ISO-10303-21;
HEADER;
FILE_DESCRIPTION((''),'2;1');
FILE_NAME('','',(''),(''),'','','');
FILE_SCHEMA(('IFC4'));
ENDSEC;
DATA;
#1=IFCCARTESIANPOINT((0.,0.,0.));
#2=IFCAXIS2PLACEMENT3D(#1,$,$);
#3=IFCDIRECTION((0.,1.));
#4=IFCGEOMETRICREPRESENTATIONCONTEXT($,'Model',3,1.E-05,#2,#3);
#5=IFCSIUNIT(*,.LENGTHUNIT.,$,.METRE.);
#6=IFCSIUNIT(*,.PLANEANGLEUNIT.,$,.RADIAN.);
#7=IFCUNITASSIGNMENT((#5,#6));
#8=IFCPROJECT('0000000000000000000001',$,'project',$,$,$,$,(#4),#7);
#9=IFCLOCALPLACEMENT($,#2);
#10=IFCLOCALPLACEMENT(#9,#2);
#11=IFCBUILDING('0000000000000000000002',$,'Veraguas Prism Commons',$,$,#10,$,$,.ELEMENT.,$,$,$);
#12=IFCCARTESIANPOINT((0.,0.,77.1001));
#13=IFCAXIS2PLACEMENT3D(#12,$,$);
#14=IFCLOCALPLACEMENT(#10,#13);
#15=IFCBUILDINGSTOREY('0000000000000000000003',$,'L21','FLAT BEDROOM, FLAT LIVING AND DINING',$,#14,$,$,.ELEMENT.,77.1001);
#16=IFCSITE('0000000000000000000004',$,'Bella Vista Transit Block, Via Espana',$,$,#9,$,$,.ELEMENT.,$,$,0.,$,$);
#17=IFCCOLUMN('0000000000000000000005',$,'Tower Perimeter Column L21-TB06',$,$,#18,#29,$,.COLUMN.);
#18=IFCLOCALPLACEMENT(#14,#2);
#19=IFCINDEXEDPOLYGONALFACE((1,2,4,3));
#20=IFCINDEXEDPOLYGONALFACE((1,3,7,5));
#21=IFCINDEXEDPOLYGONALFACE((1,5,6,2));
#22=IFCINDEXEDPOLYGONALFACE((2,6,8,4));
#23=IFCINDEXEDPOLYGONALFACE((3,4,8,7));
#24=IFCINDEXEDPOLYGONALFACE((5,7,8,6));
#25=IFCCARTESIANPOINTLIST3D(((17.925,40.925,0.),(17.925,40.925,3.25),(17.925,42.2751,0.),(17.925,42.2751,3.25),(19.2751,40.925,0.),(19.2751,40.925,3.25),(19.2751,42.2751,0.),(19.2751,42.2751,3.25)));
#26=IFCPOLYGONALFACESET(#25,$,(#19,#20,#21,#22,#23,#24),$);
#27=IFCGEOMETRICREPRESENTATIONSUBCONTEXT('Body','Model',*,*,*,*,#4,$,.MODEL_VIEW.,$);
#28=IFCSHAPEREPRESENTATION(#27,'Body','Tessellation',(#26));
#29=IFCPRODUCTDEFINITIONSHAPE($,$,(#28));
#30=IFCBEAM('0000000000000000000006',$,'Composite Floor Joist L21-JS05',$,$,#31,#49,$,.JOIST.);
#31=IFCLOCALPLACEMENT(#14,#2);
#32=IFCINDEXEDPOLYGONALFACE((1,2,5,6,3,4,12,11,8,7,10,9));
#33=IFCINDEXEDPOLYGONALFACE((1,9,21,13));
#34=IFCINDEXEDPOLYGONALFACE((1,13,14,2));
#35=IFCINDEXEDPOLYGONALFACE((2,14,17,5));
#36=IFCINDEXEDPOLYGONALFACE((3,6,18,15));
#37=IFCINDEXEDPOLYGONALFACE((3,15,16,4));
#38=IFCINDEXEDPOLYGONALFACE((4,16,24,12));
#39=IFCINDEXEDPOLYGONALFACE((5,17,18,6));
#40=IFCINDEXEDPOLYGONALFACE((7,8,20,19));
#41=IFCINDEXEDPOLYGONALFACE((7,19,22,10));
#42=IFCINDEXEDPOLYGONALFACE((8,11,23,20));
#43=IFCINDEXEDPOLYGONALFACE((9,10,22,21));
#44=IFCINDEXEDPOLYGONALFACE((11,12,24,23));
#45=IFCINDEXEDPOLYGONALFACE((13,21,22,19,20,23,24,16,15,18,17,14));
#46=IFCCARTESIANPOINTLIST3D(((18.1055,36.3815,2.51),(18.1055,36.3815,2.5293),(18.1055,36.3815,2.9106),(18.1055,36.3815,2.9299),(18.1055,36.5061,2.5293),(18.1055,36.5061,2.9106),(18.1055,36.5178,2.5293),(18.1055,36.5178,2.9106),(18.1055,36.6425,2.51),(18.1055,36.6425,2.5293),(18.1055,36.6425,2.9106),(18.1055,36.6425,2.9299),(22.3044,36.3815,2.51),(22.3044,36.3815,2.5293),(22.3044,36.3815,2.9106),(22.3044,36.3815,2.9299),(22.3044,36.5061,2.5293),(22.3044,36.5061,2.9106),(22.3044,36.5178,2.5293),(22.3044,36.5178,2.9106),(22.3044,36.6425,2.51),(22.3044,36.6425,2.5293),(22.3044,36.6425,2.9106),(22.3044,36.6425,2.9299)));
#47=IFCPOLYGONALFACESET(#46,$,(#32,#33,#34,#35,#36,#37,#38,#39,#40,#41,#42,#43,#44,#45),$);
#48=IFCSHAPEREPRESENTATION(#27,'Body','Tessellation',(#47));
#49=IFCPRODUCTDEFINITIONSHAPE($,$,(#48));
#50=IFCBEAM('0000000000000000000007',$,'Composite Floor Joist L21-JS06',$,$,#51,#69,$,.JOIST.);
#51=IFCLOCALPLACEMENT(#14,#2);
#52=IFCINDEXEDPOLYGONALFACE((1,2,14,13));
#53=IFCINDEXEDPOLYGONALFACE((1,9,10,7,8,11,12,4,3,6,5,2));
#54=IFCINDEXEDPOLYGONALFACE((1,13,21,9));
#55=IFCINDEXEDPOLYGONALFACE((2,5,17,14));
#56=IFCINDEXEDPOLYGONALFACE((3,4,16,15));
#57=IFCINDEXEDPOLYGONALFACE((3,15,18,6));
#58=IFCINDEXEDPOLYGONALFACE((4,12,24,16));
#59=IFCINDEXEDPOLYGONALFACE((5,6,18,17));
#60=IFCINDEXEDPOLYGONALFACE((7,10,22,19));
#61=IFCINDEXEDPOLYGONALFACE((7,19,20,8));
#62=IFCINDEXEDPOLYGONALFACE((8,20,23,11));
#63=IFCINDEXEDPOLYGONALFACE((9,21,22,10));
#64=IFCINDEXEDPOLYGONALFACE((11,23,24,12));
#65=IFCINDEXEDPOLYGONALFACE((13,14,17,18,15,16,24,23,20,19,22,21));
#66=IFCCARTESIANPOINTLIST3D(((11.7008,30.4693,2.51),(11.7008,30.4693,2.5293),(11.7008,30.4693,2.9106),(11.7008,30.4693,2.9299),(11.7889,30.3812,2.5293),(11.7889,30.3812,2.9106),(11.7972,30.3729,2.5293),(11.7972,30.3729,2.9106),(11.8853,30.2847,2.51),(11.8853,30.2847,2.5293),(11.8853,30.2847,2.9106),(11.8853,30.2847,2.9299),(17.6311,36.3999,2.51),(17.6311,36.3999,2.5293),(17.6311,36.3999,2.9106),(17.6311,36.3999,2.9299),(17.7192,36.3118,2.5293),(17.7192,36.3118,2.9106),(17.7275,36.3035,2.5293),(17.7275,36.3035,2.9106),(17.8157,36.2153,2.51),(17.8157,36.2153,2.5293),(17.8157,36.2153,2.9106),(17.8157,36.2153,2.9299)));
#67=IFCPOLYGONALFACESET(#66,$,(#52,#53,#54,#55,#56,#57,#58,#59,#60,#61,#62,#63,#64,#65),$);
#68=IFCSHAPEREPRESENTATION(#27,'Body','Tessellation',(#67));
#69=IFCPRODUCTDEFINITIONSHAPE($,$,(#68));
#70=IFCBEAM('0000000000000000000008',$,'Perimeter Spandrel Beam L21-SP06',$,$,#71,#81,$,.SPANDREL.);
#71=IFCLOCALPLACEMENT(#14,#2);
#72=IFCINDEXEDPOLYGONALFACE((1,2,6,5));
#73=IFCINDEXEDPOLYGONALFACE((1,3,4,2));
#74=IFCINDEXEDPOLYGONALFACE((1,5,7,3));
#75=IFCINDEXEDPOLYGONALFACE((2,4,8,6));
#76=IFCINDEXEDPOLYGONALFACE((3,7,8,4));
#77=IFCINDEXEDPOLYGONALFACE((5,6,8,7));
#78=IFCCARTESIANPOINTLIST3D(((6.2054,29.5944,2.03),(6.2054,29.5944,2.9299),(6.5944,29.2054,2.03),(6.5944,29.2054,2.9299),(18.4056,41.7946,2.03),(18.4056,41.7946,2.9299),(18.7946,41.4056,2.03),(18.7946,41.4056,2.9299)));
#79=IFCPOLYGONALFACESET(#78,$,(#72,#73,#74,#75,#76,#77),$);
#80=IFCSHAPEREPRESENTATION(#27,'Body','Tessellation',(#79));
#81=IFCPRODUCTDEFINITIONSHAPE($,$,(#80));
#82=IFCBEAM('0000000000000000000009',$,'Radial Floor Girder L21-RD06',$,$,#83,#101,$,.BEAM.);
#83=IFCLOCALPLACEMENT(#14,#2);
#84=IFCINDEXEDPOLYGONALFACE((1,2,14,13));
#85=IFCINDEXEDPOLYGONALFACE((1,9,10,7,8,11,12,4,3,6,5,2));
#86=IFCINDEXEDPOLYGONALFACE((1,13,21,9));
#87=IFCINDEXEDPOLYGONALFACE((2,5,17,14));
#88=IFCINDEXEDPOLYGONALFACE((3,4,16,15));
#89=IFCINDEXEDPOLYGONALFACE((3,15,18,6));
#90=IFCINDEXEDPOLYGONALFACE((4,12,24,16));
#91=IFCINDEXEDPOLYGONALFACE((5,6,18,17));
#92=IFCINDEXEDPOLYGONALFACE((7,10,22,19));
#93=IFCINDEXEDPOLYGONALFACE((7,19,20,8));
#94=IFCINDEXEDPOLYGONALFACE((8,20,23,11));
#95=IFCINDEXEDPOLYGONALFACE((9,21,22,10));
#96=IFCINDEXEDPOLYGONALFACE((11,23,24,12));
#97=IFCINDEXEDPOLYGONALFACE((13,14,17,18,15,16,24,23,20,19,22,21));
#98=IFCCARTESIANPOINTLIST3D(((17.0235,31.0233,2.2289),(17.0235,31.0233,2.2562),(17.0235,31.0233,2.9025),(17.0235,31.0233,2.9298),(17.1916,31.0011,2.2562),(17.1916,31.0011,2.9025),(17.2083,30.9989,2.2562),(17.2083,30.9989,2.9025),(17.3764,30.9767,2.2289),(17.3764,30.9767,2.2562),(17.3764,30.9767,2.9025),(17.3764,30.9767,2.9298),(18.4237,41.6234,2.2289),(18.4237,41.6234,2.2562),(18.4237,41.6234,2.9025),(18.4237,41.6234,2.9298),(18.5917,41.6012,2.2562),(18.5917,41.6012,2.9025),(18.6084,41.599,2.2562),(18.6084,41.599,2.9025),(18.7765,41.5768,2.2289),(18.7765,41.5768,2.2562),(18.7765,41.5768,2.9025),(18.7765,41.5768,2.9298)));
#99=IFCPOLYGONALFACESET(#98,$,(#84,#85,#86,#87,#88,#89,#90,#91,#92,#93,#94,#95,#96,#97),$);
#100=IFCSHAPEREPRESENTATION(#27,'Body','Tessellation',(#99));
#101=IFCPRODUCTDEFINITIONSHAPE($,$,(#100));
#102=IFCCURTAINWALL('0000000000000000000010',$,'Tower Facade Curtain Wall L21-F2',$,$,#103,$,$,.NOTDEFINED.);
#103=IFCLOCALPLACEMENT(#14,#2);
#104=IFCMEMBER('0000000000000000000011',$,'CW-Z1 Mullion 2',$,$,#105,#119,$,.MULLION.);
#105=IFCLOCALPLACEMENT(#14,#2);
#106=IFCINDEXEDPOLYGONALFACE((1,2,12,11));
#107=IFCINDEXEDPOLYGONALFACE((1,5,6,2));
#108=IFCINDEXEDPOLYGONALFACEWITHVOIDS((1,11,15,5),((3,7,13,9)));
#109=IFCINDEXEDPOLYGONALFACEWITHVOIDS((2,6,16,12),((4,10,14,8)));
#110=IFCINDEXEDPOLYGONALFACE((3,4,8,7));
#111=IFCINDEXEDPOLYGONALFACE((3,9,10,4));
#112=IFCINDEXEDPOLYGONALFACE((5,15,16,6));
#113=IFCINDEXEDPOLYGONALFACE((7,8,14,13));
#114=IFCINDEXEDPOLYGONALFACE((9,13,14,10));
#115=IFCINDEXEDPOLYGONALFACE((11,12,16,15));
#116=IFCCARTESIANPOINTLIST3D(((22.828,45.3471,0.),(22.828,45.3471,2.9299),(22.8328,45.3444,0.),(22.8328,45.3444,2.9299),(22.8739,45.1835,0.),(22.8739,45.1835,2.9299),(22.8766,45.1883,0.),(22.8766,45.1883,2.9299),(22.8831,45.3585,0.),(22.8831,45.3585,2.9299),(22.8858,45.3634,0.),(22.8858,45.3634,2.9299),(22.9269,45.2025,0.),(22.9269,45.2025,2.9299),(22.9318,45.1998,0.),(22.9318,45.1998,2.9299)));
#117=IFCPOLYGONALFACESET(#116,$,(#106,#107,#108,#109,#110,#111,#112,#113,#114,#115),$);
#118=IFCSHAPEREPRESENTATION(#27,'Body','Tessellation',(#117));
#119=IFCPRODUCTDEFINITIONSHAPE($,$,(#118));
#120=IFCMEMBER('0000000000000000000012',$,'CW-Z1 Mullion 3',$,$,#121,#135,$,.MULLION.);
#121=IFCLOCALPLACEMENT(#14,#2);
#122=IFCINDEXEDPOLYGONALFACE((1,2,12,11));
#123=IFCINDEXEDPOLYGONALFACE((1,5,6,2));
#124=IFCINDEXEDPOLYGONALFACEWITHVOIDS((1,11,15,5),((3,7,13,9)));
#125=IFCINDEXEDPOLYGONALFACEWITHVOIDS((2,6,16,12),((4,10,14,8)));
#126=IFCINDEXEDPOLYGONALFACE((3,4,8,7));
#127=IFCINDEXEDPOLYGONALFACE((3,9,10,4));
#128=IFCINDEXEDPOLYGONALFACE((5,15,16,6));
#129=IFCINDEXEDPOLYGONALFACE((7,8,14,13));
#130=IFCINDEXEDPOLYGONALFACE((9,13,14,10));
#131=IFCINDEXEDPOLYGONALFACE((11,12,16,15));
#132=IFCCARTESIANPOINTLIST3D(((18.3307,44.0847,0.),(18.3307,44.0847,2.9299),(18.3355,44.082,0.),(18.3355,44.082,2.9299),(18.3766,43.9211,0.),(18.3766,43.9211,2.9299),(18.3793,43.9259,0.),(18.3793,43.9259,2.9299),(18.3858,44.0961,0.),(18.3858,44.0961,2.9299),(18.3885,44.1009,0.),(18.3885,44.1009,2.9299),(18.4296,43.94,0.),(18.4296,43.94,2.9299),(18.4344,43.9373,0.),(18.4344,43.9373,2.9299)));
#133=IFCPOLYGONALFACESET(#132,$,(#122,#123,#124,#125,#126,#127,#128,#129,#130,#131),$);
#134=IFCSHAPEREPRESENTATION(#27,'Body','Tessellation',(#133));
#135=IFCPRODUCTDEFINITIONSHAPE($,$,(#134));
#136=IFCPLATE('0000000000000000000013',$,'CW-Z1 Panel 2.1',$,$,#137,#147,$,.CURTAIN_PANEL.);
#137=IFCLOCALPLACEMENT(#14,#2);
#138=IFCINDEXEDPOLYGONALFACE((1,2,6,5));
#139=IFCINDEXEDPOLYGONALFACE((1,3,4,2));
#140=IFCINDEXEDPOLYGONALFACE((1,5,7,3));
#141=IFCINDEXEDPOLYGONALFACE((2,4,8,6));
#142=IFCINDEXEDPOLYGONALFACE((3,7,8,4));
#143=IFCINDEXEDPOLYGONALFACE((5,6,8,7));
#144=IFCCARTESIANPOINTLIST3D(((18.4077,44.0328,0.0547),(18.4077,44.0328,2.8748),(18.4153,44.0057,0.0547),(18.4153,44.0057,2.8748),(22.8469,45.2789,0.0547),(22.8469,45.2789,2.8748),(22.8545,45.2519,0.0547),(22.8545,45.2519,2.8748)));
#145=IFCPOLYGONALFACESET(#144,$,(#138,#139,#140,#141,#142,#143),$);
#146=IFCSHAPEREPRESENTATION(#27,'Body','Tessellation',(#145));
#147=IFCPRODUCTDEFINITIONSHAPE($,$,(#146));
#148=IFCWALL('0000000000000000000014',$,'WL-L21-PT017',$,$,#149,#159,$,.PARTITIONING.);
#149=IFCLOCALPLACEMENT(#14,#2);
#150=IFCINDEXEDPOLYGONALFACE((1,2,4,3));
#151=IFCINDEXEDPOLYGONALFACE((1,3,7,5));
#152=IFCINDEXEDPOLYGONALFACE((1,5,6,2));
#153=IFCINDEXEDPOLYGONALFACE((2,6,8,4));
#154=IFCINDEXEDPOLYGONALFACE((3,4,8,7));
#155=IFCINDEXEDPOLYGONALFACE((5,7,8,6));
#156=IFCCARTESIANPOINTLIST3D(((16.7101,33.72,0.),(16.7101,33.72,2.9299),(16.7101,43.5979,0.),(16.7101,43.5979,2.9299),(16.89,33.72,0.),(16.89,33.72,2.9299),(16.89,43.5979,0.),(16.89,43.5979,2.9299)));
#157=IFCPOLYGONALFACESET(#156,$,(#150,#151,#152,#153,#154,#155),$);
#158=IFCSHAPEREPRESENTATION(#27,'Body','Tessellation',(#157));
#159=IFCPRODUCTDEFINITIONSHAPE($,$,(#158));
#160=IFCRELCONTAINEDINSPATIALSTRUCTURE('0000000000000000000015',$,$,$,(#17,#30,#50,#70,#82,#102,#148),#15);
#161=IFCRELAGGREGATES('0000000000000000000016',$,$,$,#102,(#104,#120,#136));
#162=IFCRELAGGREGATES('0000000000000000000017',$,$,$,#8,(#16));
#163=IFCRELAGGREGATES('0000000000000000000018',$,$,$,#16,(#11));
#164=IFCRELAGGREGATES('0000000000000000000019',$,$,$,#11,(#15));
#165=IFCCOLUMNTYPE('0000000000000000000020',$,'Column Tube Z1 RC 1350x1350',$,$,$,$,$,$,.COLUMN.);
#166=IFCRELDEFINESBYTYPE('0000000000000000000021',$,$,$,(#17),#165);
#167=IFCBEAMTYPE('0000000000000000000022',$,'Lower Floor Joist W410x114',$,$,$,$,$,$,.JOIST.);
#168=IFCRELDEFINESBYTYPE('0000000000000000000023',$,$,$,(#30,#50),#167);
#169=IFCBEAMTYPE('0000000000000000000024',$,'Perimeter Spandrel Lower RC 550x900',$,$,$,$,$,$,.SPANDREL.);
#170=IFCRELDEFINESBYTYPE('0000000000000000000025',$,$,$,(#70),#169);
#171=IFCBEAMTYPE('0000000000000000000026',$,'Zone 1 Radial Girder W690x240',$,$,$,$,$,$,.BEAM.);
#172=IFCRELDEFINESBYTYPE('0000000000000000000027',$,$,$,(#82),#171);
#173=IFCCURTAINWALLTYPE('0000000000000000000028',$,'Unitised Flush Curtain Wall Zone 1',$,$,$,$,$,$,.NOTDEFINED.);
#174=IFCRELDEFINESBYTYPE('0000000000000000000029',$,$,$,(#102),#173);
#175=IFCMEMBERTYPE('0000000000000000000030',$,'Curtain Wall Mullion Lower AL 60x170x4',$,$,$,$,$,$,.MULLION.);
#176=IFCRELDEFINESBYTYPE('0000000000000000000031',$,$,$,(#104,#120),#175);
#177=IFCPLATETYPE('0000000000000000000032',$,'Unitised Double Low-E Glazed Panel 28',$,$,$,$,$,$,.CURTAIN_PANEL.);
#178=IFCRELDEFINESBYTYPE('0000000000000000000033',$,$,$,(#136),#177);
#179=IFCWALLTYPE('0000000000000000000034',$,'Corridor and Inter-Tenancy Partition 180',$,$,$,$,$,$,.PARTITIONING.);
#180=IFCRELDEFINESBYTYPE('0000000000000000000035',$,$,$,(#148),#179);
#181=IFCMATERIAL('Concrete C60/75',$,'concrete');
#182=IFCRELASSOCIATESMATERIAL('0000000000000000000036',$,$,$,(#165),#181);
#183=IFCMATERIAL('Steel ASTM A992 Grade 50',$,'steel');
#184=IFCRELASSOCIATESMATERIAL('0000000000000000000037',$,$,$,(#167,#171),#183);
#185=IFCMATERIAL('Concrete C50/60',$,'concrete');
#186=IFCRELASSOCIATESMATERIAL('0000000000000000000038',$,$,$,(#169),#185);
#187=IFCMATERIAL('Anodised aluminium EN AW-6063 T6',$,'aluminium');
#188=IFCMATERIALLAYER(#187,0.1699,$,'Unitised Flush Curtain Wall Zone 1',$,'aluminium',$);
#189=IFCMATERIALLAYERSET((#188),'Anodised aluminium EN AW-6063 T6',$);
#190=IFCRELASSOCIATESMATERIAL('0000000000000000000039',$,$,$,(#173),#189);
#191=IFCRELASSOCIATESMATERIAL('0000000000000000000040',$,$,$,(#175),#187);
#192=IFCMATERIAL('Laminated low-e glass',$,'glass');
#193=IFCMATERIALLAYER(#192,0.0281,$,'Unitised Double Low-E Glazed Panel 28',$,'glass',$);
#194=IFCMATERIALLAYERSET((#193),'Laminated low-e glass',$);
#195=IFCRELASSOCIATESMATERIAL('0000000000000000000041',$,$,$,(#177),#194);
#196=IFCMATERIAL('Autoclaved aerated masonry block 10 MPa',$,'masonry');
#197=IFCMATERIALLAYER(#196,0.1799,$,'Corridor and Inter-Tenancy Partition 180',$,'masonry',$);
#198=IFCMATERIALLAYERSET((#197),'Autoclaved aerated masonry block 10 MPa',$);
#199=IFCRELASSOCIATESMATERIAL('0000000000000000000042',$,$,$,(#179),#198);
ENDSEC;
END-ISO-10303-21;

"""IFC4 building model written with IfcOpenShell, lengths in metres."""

from ifc_helpers import new_model, si_unit, direction, frame, frame_2d, origin, origin_2d, place, context, subcontext, project, spatial, rectangle, hollow_rectangle, i_section, extrude, source, transform, mapped, material, layer, layer_set, material_profile, profile_set, type_object, element, aggregate, save


model = new_model("IFC4")

# Units and contexts
model_context = context("Model", 3, precision=1e-05, world=origin(), true_north=direction((0.0, 1.0)))
body_context = subcontext(model_context, "Body", "Model", "MODEL_VIEW")
ifc_project = project(units=[si_unit("LENGTHUNIT", "METRE"), si_unit("PLANEANGLEUNIT", "RADIAN")], contexts=[model_context])

# Site, building, storey
site_placement = place(None, origin())
site = spatial("IfcSite", under=ifc_project, at=site_placement, Name="Bella Vista Transit Block, Via Espana", CompositionType="ELEMENT", RefElevation=0.0)
building_placement = place(site_placement, origin())
building = spatial("IfcBuilding", under=site, at=building_placement, Name="Veraguas Prism Commons", CompositionType="ELEMENT")
storey_placement = place(building_placement, frame((0.0, 0.0, 77.1001)))
storey = spatial("IfcBuildingStorey", under=building, at=storey_placement, Name="L21", Description="FLAT BEDROOM, FLAT LIVING AND DINING", CompositionType="ELEMENT", Elevation=77.1001)

# Column
ifc_material_1 = material(Name="Concrete C60/75", Category="concrete")
ifc_material_profile_1 = material_profile(ifc_material_1, rectangle(XDim=1.3501, YDim=1.3501, at=origin_2d()), Name="RC1350X1350")
ifc_profile_set_1 = profile_set([ifc_material_profile_1], Name="Concrete C60/75")
column_type = type_object("IfcColumnType", Name="Column Tube Z1 RC 1350x1350", PredefinedType="COLUMN", material=ifc_profile_set_1)
column_placement = place(storey_placement, frame((18.6001, 41.6001, 0.0), z_axis=(0.0, 0.0, 1.0), x_axis=(1.0, 0.0, 0.0)))
element("IfcColumn", 1, at=column_placement, inside=storey, type_object=column_type, Name="Tower Perimeter Column L21-TB06", PredefinedType="COLUMN", context=body_context, shape_type="SweptSolid", body=[
    extrude(rectangle(XDim=1.3501, YDim=1.3501, at=origin_2d()), origin(), (0.0, 0.0, 1.0), 3.25),
])

# Beams
ifc_material_2 = material(Name="Steel ASTM A992 Grade 50", Category="steel")
ifc_material_profile_2 = material_profile(ifc_material_2, i_section(OverallWidth=0.261, OverallDepth=0.4199, WebThickness=0.0117, FlangeThickness=0.0193, at=origin_2d()), Name="W410X114")
ifc_profile_set_2 = profile_set([ifc_material_profile_2], Name="Steel ASTM A992 Grade 50")
beam_type_1 = type_object("IfcBeamType", Name="Lower Floor Joist W410x114", PredefinedType="JOIST", material=ifc_profile_set_2)
beam_1_placement = place(storey_placement, frame((22.3044, 36.512, 2.72), z_axis=(-1.0, 0.0, 0.0), x_axis=(0.0, -1.0, 0.0)))
element("IfcBeam", 2, at=beam_1_placement, inside=storey, type_object=beam_type_1, Name="Composite Floor Joist L21-JS05", PredefinedType="JOIST", context=body_context, shape_type="SweptSolid", body=[
    extrude(i_section(OverallWidth=0.261, OverallDepth=0.4199, WebThickness=0.0117, FlangeThickness=0.0193, at=origin_2d()), origin(), (0.0, 0.0, 1.0), 4.199),
])
beam_2_placement = place(storey_placement, frame((17.7234, 36.3076, 2.72), z_axis=(-0.707092, -0.707121, 0.0), x_axis=(0.707121, -0.707092, 0.0)))
element("IfcBeam", 3, at=beam_2_placement, inside=storey, type_object=beam_type_1, Name="Composite Floor Joist L21-JS06", PredefinedType="JOIST", context=body_context, shape_type="SweptSolid", body=[
    extrude(i_section(OverallWidth=0.261, OverallDepth=0.4199, WebThickness=0.0117, FlangeThickness=0.0193, at=origin_2d()), origin(), (0.0, 0.0, 1.0), 8.387),
])
ifc_material_3 = material(Name="Concrete C50/60", Category="concrete")
ifc_material_profile_3 = material_profile(ifc_material_3, rectangle(XDim=0.55, YDim=0.8999, at=origin_2d()), Name="RC550X900")
ifc_profile_set_3 = profile_set([ifc_material_profile_3], Name="Concrete C50/60")
beam_type_2 = type_object("IfcBeamType", Name="Perimeter Spandrel Lower RC 550x900", PredefinedType="SPANDREL", material=ifc_profile_set_3)
beam_3_placement = place(storey_placement, frame((18.6001, 41.6001, 2.48), z_axis=(-0.707107, -0.707107, 0.0), x_axis=(0.707107, -0.707107, 0.0)))
element("IfcBeam", 4, at=beam_3_placement, inside=storey, type_object=beam_type_2, Name="Perimeter Spandrel Beam L21-SP06", PredefinedType="SPANDREL", context=body_context, shape_type="SweptSolid", body=[
    extrude(rectangle(XDim=0.55, YDim=0.8999, at=origin_2d()), origin(), (0.0, 0.0, 1.0), 17.2537),
])
ifc_material_profile_4 = material_profile(ifc_material_2, i_section(OverallWidth=0.356, OverallDepth=0.7009, WebThickness=0.0168, FlangeThickness=0.0273, at=origin_2d()), Name="W690X240")
ifc_profile_set_4 = profile_set([ifc_material_profile_4], Name="Steel ASTM A992 Grade 50")
beam_type_3 = type_object("IfcBeamType", Name="Zone 1 Radial Girder W690x240", PredefinedType="BEAM", material=ifc_profile_set_4)
beam_4_placement = place(storey_placement, frame((18.6001, 41.6001, 2.5793), z_axis=(-0.130951, -0.991389, 0.0), x_axis=(0.991389, -0.130951, 0.0)))
element("IfcBeam", 5, at=beam_4_placement, inside=storey, type_object=beam_type_3, Name="Radial Floor Girder L21-RD06", PredefinedType="BEAM", context=body_context, shape_type="SweptSolid", body=[
    extrude(i_section(OverallWidth=0.356, OverallDepth=0.7009, WebThickness=0.0168, FlangeThickness=0.0273, at=origin_2d()), origin(), (0.0, 0.0, 1.0), 10.6921),
])

# Curtain wall, members, plate
ifc_material_4 = material(Name="Anodised aluminium EN AW-6063 T6", Category="aluminium")
ifc_layer_1 = layer(ifc_material_4, 0.1699, Name="Unitised Flush Curtain Wall Zone 1", Category="aluminium")
ifc_layer_set_1 = layer_set([ifc_layer_1], Name="Anodised aluminium EN AW-6063 T6")
curtain_wall_type = type_object("IfcCurtainWallType", Name="Unitised Flush Curtain Wall Zone 1", PredefinedType="NOTDEFINED", material=ifc_layer_set_1)
curtain_wall_placement = place(storey_placement, origin())
curtain_wall = element("IfcCurtainWall", 6, at=curtain_wall_placement, inside=storey, type_object=curtain_wall_type, Name="Tower Facade Curtain Wall L21-F2", PredefinedType="NOTDEFINED")
ifc_material_profile_5 = material_profile(ifc_material_4, hollow_rectangle(XDim=0.0601, YDim=0.1699, WallThickness=0.0039, at=origin_2d()), Name="AL60X170X4")
ifc_profile_set_5 = profile_set([ifc_material_profile_5], Name="Anodised aluminium EN AW-6063 T6")
member_type = type_object("IfcMemberType", Name="Curtain Wall Mullion Lower AL 60x170x4", PredefinedType="MULLION", material=ifc_profile_set_5)
shared_shape_1 = source(origin(), body_context, "Body", "SweptSolid", [
    extrude(hollow_rectangle(XDim=0.0601, YDim=0.1699, WallThickness=0.0039, at=origin_2d()), origin(), (0.0, 0.0, 1.0), 2.9299),
])
member_1_placement = place(storey_placement, frame((22.8799, 45.2734, 0.0), z_axis=(0.0, 0.0, 1.0), x_axis=(-0.962786, -0.270266, 0.0)))
member_1 = element("IfcMember", 7, at=member_1_placement, type_object=member_type, Name="CW-Z1 Mullion 2", PredefinedType="MULLION", context=body_context, shape_type="MappedRepresentation", body=[
    mapped(shared_shape_1, transform((0.0, 0.0, 0.0), scale=1.0)),
])
member_2_placement = place(storey_placement, frame((18.3826, 44.011, 0.0), z_axis=(0.0, 0.0, 1.0), x_axis=(-0.962786, -0.270266, 0.0)))
member_2 = element("IfcMember", 8, at=member_2_placement, type_object=member_type, Name="CW-Z1 Mullion 3", PredefinedType="MULLION", context=body_context, shape_type="MappedRepresentation", body=[
    mapped(shared_shape_1, transform((0.0, 0.0, 0.0), scale=1.0)),
])
ifc_material_5 = material(Name="Laminated low-e glass", Category="glass")
ifc_layer_2 = layer(ifc_material_5, 0.0281, Name="Unitised Double Low-E Glazed Panel 28", Category="glass")
ifc_layer_set_2 = layer_set([ifc_layer_2], Name="Laminated low-e glass")
plate_type = type_object("IfcPlateType", Name="Unitised Double Low-E Glazed Panel 28", PredefinedType="CURTAIN_PANEL", material=ifc_layer_set_2)
shared_shape_2 = source(origin(), body_context, "Body", "SweptSolid", [
    extrude(rectangle(XDim=4.6108, YDim=0.0281, at=origin_2d()), origin(), (0.0, 0.0, 1.0), 2.8201),
])
plate_placement = place(storey_placement, frame((20.6311, 44.6423, 0.0547), z_axis=(0.0, 0.0, 1.0), x_axis=(-0.962786, -0.270266, 0.0)))
plate = element("IfcPlate", 9, at=plate_placement, type_object=plate_type, Name="CW-Z1 Panel 2.1", PredefinedType="CURTAIN_PANEL", context=body_context, shape_type="MappedRepresentation", body=[
    mapped(shared_shape_2, transform((0.0, 0.0, 0.0), scale=1.0)),
])
aggregate(curtain_wall, [member_1, member_2, plate])

# Wall
ifc_material_6 = material(Name="Autoclaved aerated masonry block 10 MPa", Category="masonry")
ifc_layer_3 = layer(ifc_material_6, 0.1799, Name="Corridor and Inter-Tenancy Partition 180", Category="masonry")
ifc_layer_set_3 = layer_set([ifc_layer_3], Name="Autoclaved aerated masonry block 10 MPa")
wall_type_1 = type_object("IfcWallType", Name="Corridor and Inter-Tenancy Partition 180", PredefinedType="PARTITIONING", material=ifc_layer_set_3)
wall_1_placement = place(storey_placement, frame((16.8, 33.72, 0.0), z_axis=(0.0, 0.0, 1.0), x_axis=(0.0, 1.0, 0.0)))
element("IfcWall", 10, at=wall_1_placement, inside=storey, type_object=wall_type_1, Name="WL-L21-PT017", PredefinedType="PARTITIONING", context=body_context, shape_type="SweptSolid", body=[
    extrude(rectangle(XDim=9.8779, YDim=0.1799, at=frame_2d((4.939, 0.0))), origin(), (0.0, 0.0, 1.0), 2.9299),
])

save(model, "model.ifc")
